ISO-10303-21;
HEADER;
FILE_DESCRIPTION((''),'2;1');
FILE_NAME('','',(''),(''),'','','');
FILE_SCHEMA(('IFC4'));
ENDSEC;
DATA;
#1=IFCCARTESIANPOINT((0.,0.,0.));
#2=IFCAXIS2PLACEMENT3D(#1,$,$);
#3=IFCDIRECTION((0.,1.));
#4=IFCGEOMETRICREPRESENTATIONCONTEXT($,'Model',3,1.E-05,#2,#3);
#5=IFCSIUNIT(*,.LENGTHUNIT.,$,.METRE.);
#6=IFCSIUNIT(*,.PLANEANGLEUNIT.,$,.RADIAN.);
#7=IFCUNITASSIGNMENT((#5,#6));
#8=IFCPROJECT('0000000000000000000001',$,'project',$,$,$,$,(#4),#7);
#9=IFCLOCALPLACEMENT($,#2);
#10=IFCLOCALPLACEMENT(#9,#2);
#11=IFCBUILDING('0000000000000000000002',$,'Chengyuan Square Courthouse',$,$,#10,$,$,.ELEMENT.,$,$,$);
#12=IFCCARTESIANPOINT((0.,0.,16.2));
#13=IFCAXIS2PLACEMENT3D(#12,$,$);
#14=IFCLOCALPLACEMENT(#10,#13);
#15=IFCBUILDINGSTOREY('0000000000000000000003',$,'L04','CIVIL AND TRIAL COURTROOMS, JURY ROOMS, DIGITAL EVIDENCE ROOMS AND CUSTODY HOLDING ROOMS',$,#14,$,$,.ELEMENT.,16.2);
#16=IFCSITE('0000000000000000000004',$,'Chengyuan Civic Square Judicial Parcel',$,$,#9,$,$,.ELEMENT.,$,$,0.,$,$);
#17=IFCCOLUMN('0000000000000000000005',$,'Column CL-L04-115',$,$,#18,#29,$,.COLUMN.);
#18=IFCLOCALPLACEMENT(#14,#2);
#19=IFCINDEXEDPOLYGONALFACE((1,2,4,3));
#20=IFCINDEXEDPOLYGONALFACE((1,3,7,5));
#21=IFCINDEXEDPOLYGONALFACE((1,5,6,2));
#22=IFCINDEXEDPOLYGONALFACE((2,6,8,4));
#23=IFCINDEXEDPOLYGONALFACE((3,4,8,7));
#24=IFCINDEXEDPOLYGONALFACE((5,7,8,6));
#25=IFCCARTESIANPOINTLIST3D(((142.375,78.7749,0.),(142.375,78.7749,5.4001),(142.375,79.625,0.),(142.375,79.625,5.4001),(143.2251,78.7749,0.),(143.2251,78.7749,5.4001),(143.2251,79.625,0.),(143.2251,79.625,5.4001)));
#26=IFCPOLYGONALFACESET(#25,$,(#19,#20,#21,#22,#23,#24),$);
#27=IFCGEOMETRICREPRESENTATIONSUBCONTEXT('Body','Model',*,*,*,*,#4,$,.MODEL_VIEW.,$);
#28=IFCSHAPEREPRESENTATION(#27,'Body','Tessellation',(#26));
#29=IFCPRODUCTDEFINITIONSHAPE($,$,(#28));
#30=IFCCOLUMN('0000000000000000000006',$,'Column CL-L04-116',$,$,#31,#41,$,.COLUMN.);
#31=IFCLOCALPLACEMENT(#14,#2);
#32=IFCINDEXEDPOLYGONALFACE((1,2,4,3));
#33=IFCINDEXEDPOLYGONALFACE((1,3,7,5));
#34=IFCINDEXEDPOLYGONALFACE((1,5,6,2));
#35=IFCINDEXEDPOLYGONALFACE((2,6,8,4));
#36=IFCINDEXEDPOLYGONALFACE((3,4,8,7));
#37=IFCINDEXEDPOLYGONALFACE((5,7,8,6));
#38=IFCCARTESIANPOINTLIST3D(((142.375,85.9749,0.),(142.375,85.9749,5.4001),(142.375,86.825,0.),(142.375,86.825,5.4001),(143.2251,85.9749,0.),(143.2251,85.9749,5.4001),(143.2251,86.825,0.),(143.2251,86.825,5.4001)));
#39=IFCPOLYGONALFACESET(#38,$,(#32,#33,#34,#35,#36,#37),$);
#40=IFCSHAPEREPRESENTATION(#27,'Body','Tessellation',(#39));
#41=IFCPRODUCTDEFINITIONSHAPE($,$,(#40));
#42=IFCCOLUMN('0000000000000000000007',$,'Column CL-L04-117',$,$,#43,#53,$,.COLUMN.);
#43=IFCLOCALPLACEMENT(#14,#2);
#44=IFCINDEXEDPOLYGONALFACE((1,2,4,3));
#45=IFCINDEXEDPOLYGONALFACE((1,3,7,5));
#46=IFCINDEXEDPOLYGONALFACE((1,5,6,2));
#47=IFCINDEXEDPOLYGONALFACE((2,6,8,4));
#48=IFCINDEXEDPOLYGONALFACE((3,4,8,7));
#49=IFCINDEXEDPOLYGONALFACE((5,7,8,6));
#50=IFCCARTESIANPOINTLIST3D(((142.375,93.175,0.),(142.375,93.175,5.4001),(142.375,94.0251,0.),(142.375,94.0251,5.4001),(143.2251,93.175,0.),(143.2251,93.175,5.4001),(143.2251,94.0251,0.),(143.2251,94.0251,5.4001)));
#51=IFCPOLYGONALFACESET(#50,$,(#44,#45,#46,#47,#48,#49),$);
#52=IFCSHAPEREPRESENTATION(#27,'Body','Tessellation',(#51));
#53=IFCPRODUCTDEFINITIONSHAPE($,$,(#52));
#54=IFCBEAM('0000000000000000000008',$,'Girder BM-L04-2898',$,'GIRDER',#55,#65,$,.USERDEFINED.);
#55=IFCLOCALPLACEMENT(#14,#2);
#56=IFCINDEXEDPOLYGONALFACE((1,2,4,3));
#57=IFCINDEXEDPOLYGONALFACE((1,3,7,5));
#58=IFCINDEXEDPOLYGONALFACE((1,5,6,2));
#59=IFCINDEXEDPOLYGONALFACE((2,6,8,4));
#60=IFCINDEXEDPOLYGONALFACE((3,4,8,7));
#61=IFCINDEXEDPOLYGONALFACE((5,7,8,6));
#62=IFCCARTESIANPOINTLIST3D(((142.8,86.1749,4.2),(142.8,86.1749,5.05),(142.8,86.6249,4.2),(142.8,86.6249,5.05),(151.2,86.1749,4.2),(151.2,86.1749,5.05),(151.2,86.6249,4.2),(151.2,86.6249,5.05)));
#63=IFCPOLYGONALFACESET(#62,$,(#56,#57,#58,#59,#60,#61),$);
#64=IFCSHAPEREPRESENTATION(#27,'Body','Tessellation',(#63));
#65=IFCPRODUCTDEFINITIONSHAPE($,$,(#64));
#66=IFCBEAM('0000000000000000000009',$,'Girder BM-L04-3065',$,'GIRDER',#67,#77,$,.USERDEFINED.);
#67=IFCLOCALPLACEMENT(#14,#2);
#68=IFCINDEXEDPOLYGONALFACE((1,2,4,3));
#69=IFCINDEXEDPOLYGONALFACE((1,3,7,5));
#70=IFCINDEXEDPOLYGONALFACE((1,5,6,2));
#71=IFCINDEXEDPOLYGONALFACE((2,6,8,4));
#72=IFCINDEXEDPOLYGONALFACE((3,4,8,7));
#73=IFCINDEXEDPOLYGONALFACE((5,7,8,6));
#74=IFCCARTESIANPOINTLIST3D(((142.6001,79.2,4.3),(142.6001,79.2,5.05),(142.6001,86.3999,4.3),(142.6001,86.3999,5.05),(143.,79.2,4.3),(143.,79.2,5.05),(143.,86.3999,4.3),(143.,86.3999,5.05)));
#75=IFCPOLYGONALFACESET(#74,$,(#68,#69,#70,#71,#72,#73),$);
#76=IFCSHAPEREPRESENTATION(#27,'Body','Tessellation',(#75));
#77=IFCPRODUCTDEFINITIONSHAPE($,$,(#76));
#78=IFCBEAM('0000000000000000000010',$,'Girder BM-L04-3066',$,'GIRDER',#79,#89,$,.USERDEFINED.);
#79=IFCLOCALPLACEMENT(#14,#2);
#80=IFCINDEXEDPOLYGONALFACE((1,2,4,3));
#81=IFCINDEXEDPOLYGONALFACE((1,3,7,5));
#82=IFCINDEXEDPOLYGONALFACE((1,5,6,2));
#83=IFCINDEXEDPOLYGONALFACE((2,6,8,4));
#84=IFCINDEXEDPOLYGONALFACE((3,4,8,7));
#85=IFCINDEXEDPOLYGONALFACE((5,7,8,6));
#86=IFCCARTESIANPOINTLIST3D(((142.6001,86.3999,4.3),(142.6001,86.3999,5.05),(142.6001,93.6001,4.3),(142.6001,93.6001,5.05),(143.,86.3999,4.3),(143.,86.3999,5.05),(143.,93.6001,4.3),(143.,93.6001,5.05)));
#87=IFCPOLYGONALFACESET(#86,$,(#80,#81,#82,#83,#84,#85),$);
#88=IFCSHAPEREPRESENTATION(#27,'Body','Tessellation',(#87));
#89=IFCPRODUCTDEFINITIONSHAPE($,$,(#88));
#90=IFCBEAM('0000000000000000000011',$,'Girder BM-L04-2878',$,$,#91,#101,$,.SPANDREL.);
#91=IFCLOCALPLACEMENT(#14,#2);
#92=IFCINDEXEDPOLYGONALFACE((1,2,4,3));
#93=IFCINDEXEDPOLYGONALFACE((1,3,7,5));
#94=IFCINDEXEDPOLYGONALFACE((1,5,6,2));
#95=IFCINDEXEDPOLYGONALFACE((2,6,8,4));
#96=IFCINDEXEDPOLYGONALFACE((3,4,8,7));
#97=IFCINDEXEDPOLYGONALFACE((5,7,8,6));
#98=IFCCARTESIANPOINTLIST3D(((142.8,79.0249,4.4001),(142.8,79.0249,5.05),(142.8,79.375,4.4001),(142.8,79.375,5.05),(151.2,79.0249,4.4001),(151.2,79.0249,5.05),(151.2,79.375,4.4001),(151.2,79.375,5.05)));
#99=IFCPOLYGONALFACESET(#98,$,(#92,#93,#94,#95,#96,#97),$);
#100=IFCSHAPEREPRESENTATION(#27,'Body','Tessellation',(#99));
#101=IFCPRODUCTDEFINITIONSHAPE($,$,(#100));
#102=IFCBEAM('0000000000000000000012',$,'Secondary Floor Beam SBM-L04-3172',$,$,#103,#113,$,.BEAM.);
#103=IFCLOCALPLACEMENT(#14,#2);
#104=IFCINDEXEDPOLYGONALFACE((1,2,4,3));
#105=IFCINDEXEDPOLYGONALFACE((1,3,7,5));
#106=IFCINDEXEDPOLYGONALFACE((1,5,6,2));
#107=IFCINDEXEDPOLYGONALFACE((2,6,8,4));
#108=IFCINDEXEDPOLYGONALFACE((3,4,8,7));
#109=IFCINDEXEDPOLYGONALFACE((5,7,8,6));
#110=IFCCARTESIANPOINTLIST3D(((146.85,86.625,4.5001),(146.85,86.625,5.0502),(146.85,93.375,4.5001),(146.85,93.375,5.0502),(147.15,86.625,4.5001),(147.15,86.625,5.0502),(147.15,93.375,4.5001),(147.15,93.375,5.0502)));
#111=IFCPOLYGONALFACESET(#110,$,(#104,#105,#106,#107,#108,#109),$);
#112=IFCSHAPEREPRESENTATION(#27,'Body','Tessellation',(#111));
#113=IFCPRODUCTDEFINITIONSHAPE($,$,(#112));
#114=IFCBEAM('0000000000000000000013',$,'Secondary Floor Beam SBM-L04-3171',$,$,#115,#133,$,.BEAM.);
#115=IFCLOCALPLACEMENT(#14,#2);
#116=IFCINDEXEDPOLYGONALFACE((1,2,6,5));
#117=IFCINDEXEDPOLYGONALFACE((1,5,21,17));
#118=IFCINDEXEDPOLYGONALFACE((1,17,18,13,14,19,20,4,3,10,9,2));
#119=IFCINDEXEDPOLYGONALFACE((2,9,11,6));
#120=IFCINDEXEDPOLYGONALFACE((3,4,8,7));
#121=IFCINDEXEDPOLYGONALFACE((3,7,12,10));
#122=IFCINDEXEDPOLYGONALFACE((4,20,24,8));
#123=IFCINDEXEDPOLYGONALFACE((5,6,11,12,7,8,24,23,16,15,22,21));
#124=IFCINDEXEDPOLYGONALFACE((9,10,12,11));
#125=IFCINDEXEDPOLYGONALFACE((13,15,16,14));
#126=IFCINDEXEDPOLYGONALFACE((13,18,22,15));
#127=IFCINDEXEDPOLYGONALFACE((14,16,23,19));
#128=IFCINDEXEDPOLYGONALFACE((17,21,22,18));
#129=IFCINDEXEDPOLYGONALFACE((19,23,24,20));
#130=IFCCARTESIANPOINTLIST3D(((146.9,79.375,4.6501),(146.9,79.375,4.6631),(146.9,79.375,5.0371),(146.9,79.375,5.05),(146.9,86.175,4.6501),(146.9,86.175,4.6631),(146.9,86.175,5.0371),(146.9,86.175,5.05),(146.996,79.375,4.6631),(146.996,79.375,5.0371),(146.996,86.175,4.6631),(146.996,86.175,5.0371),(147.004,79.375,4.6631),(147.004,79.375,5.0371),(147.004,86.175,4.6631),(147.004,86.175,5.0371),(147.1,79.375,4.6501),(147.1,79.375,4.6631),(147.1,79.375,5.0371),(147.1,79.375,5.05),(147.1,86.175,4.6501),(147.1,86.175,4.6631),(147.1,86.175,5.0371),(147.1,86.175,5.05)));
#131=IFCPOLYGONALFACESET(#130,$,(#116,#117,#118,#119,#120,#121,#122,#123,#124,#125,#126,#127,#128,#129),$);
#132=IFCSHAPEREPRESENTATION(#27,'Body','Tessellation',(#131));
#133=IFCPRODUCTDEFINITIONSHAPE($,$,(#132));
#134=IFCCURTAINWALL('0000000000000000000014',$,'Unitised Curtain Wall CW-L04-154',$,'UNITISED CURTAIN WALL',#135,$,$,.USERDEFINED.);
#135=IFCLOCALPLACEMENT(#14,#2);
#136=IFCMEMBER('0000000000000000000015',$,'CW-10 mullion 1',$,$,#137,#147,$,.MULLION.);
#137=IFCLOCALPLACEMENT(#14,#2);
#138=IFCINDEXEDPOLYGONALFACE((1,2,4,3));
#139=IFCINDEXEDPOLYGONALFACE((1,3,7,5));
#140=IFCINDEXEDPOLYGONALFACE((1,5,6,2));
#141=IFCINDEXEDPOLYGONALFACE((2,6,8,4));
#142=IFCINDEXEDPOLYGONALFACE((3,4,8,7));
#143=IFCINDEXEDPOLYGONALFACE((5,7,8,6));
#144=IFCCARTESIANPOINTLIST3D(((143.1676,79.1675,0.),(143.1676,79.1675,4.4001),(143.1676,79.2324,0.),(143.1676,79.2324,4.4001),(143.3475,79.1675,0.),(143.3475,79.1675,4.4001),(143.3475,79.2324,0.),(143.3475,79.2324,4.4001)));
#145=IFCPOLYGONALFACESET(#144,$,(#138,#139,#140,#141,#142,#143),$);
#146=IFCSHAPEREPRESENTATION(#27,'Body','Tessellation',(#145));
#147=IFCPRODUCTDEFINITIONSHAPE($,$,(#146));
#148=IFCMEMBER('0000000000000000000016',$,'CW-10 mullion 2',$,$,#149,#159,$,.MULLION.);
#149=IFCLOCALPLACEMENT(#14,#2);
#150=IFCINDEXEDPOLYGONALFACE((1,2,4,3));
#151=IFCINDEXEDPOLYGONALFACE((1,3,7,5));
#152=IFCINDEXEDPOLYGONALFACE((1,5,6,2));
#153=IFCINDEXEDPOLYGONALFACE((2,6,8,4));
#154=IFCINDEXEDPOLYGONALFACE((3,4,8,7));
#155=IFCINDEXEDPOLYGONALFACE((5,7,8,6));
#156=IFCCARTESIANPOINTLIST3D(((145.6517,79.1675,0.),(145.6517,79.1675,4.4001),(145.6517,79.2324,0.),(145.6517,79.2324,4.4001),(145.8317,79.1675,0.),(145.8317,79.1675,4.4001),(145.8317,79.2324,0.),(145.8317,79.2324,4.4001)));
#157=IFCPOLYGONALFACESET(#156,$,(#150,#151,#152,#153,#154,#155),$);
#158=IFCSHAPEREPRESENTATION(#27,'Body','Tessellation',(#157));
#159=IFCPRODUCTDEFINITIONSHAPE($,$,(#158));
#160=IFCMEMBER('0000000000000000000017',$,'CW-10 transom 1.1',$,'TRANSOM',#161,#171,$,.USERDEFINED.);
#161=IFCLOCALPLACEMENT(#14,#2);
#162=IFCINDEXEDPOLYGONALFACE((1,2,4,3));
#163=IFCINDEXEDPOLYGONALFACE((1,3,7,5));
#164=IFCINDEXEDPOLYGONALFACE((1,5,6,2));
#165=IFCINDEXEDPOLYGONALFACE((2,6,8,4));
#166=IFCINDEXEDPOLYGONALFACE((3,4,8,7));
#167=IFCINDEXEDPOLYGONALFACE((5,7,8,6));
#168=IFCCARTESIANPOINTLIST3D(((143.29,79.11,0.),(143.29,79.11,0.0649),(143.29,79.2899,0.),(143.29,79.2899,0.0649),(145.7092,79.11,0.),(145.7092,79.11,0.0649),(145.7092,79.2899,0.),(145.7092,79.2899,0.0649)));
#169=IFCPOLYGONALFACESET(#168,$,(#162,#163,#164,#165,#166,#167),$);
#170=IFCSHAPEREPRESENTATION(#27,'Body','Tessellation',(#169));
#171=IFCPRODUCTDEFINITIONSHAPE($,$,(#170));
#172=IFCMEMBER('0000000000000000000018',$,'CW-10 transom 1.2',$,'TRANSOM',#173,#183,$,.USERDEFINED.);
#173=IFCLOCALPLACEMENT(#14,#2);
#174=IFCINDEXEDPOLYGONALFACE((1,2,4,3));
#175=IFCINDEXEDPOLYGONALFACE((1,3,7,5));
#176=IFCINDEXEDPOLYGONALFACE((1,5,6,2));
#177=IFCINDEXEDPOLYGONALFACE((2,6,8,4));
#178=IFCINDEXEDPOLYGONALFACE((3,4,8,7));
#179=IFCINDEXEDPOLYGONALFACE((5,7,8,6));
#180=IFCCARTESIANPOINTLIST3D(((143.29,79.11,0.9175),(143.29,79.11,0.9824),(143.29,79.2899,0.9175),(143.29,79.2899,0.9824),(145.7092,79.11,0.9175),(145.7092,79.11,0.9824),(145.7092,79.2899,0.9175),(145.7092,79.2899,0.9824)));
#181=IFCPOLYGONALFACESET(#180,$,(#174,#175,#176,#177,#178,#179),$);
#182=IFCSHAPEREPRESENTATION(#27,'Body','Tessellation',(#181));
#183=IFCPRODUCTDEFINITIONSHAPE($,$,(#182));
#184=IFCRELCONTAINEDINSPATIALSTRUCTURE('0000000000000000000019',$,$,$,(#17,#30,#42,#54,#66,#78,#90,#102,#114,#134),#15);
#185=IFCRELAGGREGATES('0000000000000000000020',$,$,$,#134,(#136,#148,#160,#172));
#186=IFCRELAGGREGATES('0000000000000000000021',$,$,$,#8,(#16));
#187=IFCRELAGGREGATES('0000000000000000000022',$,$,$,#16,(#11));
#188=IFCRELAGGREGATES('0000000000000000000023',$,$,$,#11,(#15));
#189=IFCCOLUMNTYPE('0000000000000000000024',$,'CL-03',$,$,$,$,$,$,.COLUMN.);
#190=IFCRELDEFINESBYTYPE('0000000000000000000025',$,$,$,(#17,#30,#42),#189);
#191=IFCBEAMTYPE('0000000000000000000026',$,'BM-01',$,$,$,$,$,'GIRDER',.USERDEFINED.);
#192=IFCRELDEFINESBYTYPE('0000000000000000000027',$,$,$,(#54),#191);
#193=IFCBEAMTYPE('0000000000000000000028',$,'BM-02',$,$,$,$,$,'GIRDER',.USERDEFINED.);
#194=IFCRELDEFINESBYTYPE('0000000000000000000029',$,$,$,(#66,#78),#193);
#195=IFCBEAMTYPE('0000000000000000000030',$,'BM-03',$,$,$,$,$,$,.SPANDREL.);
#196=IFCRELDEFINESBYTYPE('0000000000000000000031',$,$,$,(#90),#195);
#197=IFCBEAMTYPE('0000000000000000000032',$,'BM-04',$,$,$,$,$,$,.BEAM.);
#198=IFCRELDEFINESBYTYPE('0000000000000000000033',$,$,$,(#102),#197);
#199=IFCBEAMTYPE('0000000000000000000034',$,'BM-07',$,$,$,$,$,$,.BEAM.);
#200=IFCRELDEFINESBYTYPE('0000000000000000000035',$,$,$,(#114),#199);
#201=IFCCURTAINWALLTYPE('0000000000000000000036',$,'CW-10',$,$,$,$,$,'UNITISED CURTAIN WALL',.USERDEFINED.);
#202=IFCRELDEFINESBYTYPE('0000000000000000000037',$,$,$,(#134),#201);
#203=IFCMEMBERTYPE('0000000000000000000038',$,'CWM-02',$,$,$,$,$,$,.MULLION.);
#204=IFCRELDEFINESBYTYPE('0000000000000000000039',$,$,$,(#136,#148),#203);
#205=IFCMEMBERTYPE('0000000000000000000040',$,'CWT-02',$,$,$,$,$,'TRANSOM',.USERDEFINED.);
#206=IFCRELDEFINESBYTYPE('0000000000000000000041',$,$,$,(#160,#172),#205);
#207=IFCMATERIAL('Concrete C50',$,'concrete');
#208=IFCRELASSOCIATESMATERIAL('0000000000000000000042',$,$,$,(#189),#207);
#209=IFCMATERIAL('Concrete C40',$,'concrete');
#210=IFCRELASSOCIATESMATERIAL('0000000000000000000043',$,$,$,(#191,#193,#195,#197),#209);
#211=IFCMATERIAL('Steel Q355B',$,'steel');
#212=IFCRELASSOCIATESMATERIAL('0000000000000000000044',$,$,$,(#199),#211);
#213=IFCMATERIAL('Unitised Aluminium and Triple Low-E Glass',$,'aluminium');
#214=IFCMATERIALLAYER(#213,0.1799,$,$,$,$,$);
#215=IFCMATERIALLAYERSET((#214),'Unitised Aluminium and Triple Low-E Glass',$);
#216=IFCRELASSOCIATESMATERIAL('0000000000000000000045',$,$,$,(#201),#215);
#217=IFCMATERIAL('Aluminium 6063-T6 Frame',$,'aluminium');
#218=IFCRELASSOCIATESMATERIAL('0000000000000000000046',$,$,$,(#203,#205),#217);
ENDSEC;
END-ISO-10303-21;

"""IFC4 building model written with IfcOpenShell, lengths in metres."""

from ifc_helpers import new_model, si_unit, direction, frame, origin, origin_2d, place, context, subcontext, project, spatial, rectangle, i_section, extrude, material, layer, layer_set, material_profile, profile_set, type_object, element, aggregate, save


model = new_model("IFC4")

# Units and contexts
model_context = context("Model", 3, precision=1e-05, world=origin(), true_north=direction((0.0, 1.0)))
body_context = subcontext(model_context, "Body", "Model", "MODEL_VIEW")
ifc_project = project(units=[si_unit("LENGTHUNIT", "METRE"), si_unit("PLANEANGLEUNIT", "RADIAN")], contexts=[model_context])

# Site, building, storey
site_placement = place(None, origin())
site = spatial("IfcSite", under=ifc_project, at=site_placement, Name="Chengyuan Civic Square Judicial Parcel", CompositionType="ELEMENT", RefElevation=0.0)
building_placement = place(site_placement, origin())
building = spatial("IfcBuilding", under=site, at=building_placement, Name="Chengyuan Square Courthouse", CompositionType="ELEMENT")
storey_placement = place(building_placement, frame((0.0, 0.0, 16.2)))
storey = spatial("IfcBuildingStorey", under=building, at=storey_placement, Name="L04", Description="CIVIL AND TRIAL COURTROOMS, JURY ROOMS, DIGITAL EVIDENCE ROOMS AND CUSTODY HOLDING ROOMS", CompositionType="ELEMENT", Elevation=16.2)

# Columns
ifc_material_1 = material(Name="Concrete C50", Category="concrete")
ifc_material_profile_1 = material_profile(ifc_material_1, rectangle(XDim=0.8501, YDim=0.8501, at=origin_2d()), Name="RC-COL-850x850")
ifc_profile_set_1 = profile_set([ifc_material_profile_1], Name="Concrete C50")
column_type = type_object("IfcColumnType", Name="CL-03", PredefinedType="COLUMN", material=ifc_profile_set_1)
for number, where, z_axis, x_axis, name in (
    (1, (142.8, 79.2, 0.0), (0.0, 0.0, 1.0), (1.0, 0.0, 0.0), "Column CL-L04-115"),
    (2, (142.8, 86.3999, 0.0), (0.0, 0.0, 1.0), (1.0, 0.0, 0.0), "Column CL-L04-116"),
    (3, (142.8, 93.6001, 0.0), (0.0, 0.0, 1.0), (1.0, 0.0, 0.0), "Column CL-L04-117"),
):
    element("IfcColumn", number, at=place(storey_placement, frame(where, z_axis=z_axis, x_axis=x_axis)), inside=storey, type_object=column_type, Name=name, PredefinedType="COLUMN", context=body_context, shape_type="SweptSolid", body=[
        extrude(rectangle(XDim=0.8501, YDim=0.8501, at=origin_2d()), origin(), (0.0, 0.0, 1.0), 5.4001),
    ])

# Beams
ifc_material_2 = material(Name="Concrete C40", Category="concrete")
ifc_material_profile_2 = material_profile(ifc_material_2, rectangle(XDim=0.45, YDim=0.8501, at=origin_2d()), Name="RC-BM-450x850")
ifc_profile_set_2 = profile_set([ifc_material_profile_2], Name="Concrete C40")
beam_type_1 = type_object("IfcBeamType", Name="BM-01", ElementType="GIRDER", PredefinedType="USERDEFINED", material=ifc_profile_set_2)
beam_1_placement = place(storey_placement, frame((142.8, 86.3999, 4.625), z_axis=(1.0, 0.0, 0.0), x_axis=(0.0, 1.0, 0.0)))
element("IfcBeam", 4, at=beam_1_placement, inside=storey, type_object=beam_type_1, Name="Girder BM-L04-2898", ObjectType="GIRDER", PredefinedType="USERDEFINED", context=body_context, shape_type="SweptSolid", body=[
    extrude(rectangle(XDim=0.45, YDim=0.8501, at=origin_2d()), origin(), (0.0, 0.0, 1.0), 8.3999),
])
ifc_material_profile_3 = material_profile(ifc_material_2, rectangle(XDim=0.3999, YDim=0.75, at=origin_2d()), Name="RC-BM-400x750")
ifc_profile_set_3 = profile_set([ifc_material_profile_3], Name="Concrete C40")
beam_type_2 = type_object("IfcBeamType", Name="BM-02", ElementType="GIRDER", PredefinedType="USERDEFINED", material=ifc_profile_set_3)
beam_2_placement = place(storey_placement, frame((142.8, 79.2, 4.675), z_axis=(0.0, 1.0, 0.0), x_axis=(-1.0, 0.0, 0.0)))
element("IfcBeam", 5, at=beam_2_placement, inside=storey, type_object=beam_type_2, Name="Girder BM-L04-3065", ObjectType="GIRDER", PredefinedType="USERDEFINED", context=body_context, shape_type="SweptSolid", body=[
    extrude(rectangle(XDim=0.3999, YDim=0.75, at=origin_2d()), origin(), (0.0, 0.0, 1.0), 7.2),
])
beam_3_placement = place(storey_placement, frame((142.8, 86.3999, 4.675), z_axis=(0.0, 1.0, 0.0), x_axis=(-1.0, 0.0, 0.0)))
element("IfcBeam", 6, at=beam_3_placement, inside=storey, type_object=beam_type_2, Name="Girder BM-L04-3066", ObjectType="GIRDER", PredefinedType="USERDEFINED", context=body_context, shape_type="SweptSolid", body=[
    extrude(rectangle(XDim=0.3999, YDim=0.75, at=origin_2d()), origin(), (0.0, 0.0, 1.0), 7.2002),
])
ifc_material_profile_4 = material_profile(ifc_material_2, rectangle(XDim=0.3501, YDim=0.6499, at=origin_2d()), Name="RC-BM-350x650")
ifc_profile_set_4 = profile_set([ifc_material_profile_4], Name="Concrete C40")
beam_type_3 = type_object("IfcBeamType", Name="BM-03", PredefinedType="SPANDREL", material=ifc_profile_set_4)
beam_4_placement = place(storey_placement, frame((142.8, 79.2, 4.7251), z_axis=(1.0, 0.0, 0.0), x_axis=(0.0, 1.0, 0.0)))
element("IfcBeam", 7, at=beam_4_placement, inside=storey, type_object=beam_type_3, Name="Girder BM-L04-2878", PredefinedType="SPANDREL", context=body_context, shape_type="SweptSolid", body=[
    extrude(rectangle(XDim=0.3501, YDim=0.6499, at=origin_2d()), origin(), (0.0, 0.0, 1.0), 8.3999),
])
ifc_material_profile_5 = material_profile(ifc_material_2, rectangle(XDim=0.3, YDim=0.55, at=origin_2d()), Name="RC-BM-300x550")
ifc_profile_set_5 = profile_set([ifc_material_profile_5], Name="Concrete C40")
beam_type_4 = type_object("IfcBeamType", Name="BM-04", PredefinedType="BEAM", material=ifc_profile_set_5)
beam_5_placement = place(storey_placement, frame((147.0, 86.625, 4.7751), z_axis=(0.0, 1.0, 0.0), x_axis=(-1.0, 0.0, 0.0)))
element("IfcBeam", 8, at=beam_5_placement, inside=storey, type_object=beam_type_4, Name="Secondary Floor Beam SBM-L04-3172", PredefinedType="BEAM", context=body_context, shape_type="SweptSolid", body=[
    extrude(rectangle(XDim=0.3, YDim=0.55, at=origin_2d()), origin(), (0.0, 0.0, 1.0), 6.75),
])
ifc_material_3 = material(Name="Steel Q355B", Category="steel")
ifc_material_profile_6 = material_profile(ifc_material_3, i_section(OverallWidth=0.2, OverallDepth=0.3999, WebThickness=0.0081, FlangeThickness=0.0129, at=origin_2d()), Name="HN 400x200x8x13")
ifc_profile_set_6 = profile_set([ifc_material_profile_6], Name="Steel Q355B")
beam_type_5 = type_object("IfcBeamType", Name="BM-07", PredefinedType="BEAM", material=ifc_profile_set_6)
beam_6_placement = place(storey_placement, frame((147.0, 79.375, 4.8501), z_axis=(0.0, 1.0, 0.0), x_axis=(-1.0, 0.0, 0.0)))
element("IfcBeam", 9, at=beam_6_placement, inside=storey, type_object=beam_type_5, Name="Secondary Floor Beam SBM-L04-3171", PredefinedType="BEAM", context=body_context, shape_type="SweptSolid", body=[
    extrude(i_section(OverallWidth=0.2, OverallDepth=0.3999, WebThickness=0.0081, FlangeThickness=0.0129, at=origin_2d()), origin(), (0.0, 0.0, 1.0), 6.8),
])

# Curtain wall, members
ifc_material_4 = material(Name="Unitised Aluminium and Triple Low-E Glass", Category="aluminium")
ifc_layer_1 = layer(ifc_material_4, 0.1799)
ifc_layer_set_1 = layer_set([ifc_layer_1], Name="Unitised Aluminium and Triple Low-E Glass")
curtain_wall_type = type_object("IfcCurtainWallType", Name="CW-10", ElementType="UNITISED CURTAIN WALL", PredefinedType="USERDEFINED", material=ifc_layer_set_1)
curtain_wall_placement = place(storey_placement, origin())
curtain_wall = element("IfcCurtainWall", 10, at=curtain_wall_placement, inside=storey, type_object=curtain_wall_type, Name="Unitised Curtain Wall CW-L04-154", ObjectType="UNITISED CURTAIN WALL", PredefinedType="USERDEFINED")
ifc_material_5 = material(Name="Aluminium 6063-T6 Frame", Category="aluminium")
ifc_material_profile_7 = material_profile(ifc_material_5, rectangle(XDim=0.0649, YDim=0.1799, at=origin_2d()), Name="CW-MUL-65x180")
ifc_profile_set_7 = profile_set([ifc_material_profile_7], Name="Aluminium 6063-T6 Frame")
member_type_1 = type_object("IfcMemberType", Name="CWM-02", PredefinedType="MULLION", material=ifc_profile_set_7)
member_1_placement = place(storey_placement, frame((143.2576, 79.2, 0.0), z_axis=(0.0, 0.0, 1.0), x_axis=(0.0, 1.0, 0.0)))
member_1 = element("IfcMember", 11, at=member_1_placement, type_object=member_type_1, Name="CW-10 mullion 1", PredefinedType="MULLION", context=body_context, shape_type="SweptSolid", body=[
    extrude(rectangle(XDim=0.0649, YDim=0.1799, at=origin_2d()), origin(), (0.0, 0.0, 1.0), 4.4001),
])
member_2_placement = place(storey_placement, frame((145.7417, 79.2, 0.0), z_axis=(0.0, 0.0, 1.0), x_axis=(0.0, 1.0, 0.0)))
member_2 = element("IfcMember", 12, at=member_2_placement, type_object=member_type_1, Name="CW-10 mullion 2", PredefinedType="MULLION", context=body_context, shape_type="SweptSolid", body=[
    extrude(rectangle(XDim=0.0649, YDim=0.1799, at=origin_2d()), origin(), (0.0, 0.0, 1.0), 4.4001),
])
ifc_material_profile_8 = material_profile(ifc_material_5, rectangle(XDim=0.1799, YDim=0.0649, at=origin_2d()), Name="CW-TRN-65x140")
ifc_profile_set_8 = profile_set([ifc_material_profile_8], Name="Aluminium 6063-T6 Frame")
member_type_2 = type_object("IfcMemberType", Name="CWT-02", ElementType="TRANSOM", PredefinedType="USERDEFINED", material=ifc_profile_set_8)
member_3_placement = place(storey_placement, frame((143.29, 79.2, 0.0325), z_axis=(1.0, 0.0, 0.0), x_axis=(0.0, 1.0, 0.0)))
member_3 = element("IfcMember", 13, at=member_3_placement, type_object=member_type_2, Name="CW-10 transom 1.1", ObjectType="TRANSOM", PredefinedType="USERDEFINED", context=body_context, shape_type="SweptSolid", body=[
    extrude(rectangle(XDim=0.1799, YDim=0.0649, at=origin_2d()), origin(), (0.0, 0.0, 1.0), 2.4192),
])
member_4_placement = place(storey_placement, frame((143.29, 79.2, 0.95), z_axis=(1.0, 0.0, 0.0), x_axis=(0.0, 1.0, 0.0)))
member_4 = element("IfcMember", 14, at=member_4_placement, type_object=member_type_2, Name="CW-10 transom 1.2", ObjectType="TRANSOM", PredefinedType="USERDEFINED", context=body_context, shape_type="SweptSolid", body=[
    extrude(rectangle(XDim=0.1799, YDim=0.0649, at=origin_2d()), origin(), (0.0, 0.0, 1.0), 2.4192),
])
aggregate(curtain_wall, [member_1, member_2, member_3, member_4])

save(model, "model.ifc")
